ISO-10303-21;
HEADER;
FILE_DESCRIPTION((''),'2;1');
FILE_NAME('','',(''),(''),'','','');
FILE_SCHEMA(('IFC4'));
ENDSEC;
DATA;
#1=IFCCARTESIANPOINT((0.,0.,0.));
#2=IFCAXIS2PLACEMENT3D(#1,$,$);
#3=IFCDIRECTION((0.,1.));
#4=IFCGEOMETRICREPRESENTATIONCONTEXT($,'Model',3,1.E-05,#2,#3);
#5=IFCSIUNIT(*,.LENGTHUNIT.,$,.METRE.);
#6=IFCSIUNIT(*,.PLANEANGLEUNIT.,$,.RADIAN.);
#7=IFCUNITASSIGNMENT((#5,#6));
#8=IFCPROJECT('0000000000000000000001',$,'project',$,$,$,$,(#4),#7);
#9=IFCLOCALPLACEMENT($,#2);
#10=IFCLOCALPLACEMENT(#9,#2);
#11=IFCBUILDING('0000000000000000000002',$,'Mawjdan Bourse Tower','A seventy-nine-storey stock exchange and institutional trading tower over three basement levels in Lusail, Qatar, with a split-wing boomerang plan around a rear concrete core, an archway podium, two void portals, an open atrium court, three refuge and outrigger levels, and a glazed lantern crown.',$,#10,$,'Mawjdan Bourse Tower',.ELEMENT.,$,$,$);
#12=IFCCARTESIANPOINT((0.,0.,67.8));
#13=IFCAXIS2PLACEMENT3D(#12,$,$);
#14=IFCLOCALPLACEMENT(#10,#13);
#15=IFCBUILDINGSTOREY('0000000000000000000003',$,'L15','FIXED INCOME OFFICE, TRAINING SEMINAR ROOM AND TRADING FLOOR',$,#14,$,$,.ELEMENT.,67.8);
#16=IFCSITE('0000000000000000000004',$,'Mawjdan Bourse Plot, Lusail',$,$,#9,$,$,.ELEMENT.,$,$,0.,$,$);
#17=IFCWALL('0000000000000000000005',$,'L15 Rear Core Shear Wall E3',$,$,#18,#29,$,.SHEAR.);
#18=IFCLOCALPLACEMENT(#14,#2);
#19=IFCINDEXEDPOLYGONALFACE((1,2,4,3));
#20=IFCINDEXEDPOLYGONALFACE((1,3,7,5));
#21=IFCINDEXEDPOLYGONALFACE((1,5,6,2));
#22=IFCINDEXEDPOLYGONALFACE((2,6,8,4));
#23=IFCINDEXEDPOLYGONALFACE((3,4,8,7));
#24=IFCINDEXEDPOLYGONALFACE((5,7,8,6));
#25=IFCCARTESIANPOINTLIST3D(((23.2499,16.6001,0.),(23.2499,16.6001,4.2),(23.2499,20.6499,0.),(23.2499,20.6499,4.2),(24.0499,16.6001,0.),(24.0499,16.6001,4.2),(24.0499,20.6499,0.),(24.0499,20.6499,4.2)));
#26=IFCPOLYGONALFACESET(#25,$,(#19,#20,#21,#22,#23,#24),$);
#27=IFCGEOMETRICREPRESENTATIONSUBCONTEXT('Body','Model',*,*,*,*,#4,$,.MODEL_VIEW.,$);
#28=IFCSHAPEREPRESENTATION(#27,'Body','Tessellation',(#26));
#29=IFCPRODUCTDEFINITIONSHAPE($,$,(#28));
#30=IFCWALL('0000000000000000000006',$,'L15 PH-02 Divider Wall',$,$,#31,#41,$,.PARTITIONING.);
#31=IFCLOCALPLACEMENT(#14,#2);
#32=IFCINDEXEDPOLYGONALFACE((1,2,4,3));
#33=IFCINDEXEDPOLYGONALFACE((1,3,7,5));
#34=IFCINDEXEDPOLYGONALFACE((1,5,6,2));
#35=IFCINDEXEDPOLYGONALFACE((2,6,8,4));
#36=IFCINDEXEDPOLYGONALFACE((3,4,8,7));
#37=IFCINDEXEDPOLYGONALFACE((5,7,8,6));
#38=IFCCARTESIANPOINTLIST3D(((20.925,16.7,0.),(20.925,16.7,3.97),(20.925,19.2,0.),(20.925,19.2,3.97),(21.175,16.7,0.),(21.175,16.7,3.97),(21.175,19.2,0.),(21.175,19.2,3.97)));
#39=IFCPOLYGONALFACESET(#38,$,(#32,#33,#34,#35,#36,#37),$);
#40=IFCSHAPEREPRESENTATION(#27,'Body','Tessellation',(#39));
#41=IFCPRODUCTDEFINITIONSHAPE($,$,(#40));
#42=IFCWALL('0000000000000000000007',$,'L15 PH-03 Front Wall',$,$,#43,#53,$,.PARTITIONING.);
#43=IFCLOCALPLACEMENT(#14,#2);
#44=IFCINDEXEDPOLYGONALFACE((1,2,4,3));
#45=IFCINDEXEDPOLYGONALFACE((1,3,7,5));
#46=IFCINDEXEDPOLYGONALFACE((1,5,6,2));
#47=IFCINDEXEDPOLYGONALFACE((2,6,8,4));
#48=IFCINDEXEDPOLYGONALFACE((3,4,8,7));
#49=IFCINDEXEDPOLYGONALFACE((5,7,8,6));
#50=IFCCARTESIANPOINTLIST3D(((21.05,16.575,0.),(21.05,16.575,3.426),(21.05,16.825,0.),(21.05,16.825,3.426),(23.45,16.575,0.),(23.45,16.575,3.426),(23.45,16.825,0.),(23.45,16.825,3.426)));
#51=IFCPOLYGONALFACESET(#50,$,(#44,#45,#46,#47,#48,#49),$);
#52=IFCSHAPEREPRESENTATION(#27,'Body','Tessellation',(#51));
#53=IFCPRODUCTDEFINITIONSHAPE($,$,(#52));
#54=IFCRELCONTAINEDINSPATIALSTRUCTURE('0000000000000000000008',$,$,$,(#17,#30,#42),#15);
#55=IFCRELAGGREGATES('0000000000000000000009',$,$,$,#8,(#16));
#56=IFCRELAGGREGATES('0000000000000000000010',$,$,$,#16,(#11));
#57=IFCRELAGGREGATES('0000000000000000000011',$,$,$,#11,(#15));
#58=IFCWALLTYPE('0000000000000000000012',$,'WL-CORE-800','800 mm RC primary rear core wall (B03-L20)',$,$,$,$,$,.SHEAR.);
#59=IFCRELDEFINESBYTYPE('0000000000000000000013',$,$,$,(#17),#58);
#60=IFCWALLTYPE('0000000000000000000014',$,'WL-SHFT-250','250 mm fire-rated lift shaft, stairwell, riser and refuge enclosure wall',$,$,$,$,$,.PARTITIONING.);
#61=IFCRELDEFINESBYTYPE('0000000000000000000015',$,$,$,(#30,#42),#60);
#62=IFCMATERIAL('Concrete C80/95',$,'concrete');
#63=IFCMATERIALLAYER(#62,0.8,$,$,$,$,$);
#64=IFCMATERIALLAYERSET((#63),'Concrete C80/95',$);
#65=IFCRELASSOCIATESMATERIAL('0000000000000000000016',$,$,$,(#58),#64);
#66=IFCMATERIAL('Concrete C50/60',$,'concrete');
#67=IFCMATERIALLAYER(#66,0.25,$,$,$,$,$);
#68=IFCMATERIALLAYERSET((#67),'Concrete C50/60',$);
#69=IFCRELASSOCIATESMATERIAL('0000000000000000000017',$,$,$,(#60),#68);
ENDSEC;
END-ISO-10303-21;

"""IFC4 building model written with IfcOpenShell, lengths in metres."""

from ifc_helpers import new_model, si_unit, direction, frame, frame_2d, origin, place, context, subcontext, project, spatial, rectangle, extrude, material, layer, layer_set, type_object, element, save


model = new_model("IFC4")

# Units and contexts
model_context = context("Model", 3, precision=1e-05, world=origin(), true_north=direction((0.0, 1.0)))
body_context = subcontext(model_context, "Body", "Model", "MODEL_VIEW")
ifc_project = project(units=[si_unit("LENGTHUNIT", "METRE"), si_unit("PLANEANGLEUNIT", "RADIAN")], contexts=[model_context])

# Site, building, storey
site_placement = place(None, origin())
site = spatial("IfcSite", under=ifc_project, at=site_placement, Name="Mawjdan Bourse Plot, Lusail", CompositionType="ELEMENT", RefElevation=0.0)
building_placement = place(site_placement, origin())
building = spatial("IfcBuilding", under=site, at=building_placement, Name="Mawjdan Bourse Tower", Description="A seventy-nine-storey stock exchange and institutional trading tower over three basement levels in Lusail, Qatar, with a split-wing boomerang plan around a rear concrete core, an archway podium, two void portals, an open atrium court, three refuge and outrigger levels, and a glazed lantern crown.", LongName="Mawjdan Bourse Tower", CompositionType="ELEMENT")
storey_placement = place(building_placement, frame((0.0, 0.0, 67.8)))
storey = spatial("IfcBuildingStorey", under=building, at=storey_placement, Name="L15", Description="FIXED INCOME OFFICE, TRAINING SEMINAR ROOM AND TRADING FLOOR", CompositionType="ELEMENT", Elevation=67.8)

# Shared definitions
ifc_material_1 = material(Name="Concrete C80/95", Category="concrete")

# Walls
ifc_layer_1 = layer(ifc_material_1, 0.8)
ifc_layer_set_1 = layer_set([ifc_layer_1], Name="Concrete C80/95")
wall_type_1 = type_object("IfcWallType", Name="WL-CORE-800", Description="800 mm RC primary rear core wall (B03-L20)", PredefinedType="SHEAR", material=ifc_layer_set_1)
wall_1_placement = place(storey_placement, frame((23.6499, 16.6001, 0.0), z_axis=(0.0, 0.0, 1.0), x_axis=(0.0, 1.0, 0.0)))
element("IfcWall", 1, at=wall_1_placement, inside=storey, type_object=wall_type_1, Name="L15 Rear Core Shear Wall E3", PredefinedType="SHEAR", context=body_context, shape_type="SweptSolid", body=[
    extrude(rectangle(XDim=4.0498, YDim=0.8, at=frame_2d((2.0249, 0.0))), origin(), (0.0, 0.0, 1.0), 4.2),
])
ifc_material_2 = material(Name="Concrete C50/60", Category="concrete")
ifc_layer_2 = layer(ifc_material_2, 0.25)
ifc_layer_set_2 = layer_set([ifc_layer_2], Name="Concrete C50/60")
wall_type_2 = type_object("IfcWallType", Name="WL-SHFT-250", Description="250 mm fire-rated lift shaft, stairwell, riser and refuge enclosure wall", PredefinedType="PARTITIONING", material=ifc_layer_set_2)
wall_2_placement = place(storey_placement, frame((21.05, 16.7, 0.0), z_axis=(0.0, 0.0, 1.0), x_axis=(0.0, 1.0, 0.0)))
element("IfcWall", 2, at=wall_2_placement, inside=storey, type_object=wall_type_2, Name="L15 PH-02 Divider Wall", PredefinedType="PARTITIONING", context=body_context, shape_type="SweptSolid", body=[
    extrude(rectangle(XDim=2.5, YDim=0.25, at=frame_2d((1.25, 0.0))), origin(), (0.0, 0.0, 1.0), 3.97),
])
wall_3_placement = place(storey_placement, frame((21.05, 16.7, 0.0), z_axis=(0.0, 0.0, 1.0), x_axis=(1.0, 0.0, 0.0)))
element("IfcWall", 3, at=wall_3_placement, inside=storey, type_object=wall_type_2, Name="L15 PH-03 Front Wall", PredefinedType="PARTITIONING", context=body_context, shape_type="SweptSolid", body=[
    extrude(rectangle(XDim=2.3999, YDim=0.25, at=frame_2d((1.2, 0.0))), origin(), (0.0, 0.0, 1.0), 3.426),
])

save(model, "model.ifc")
